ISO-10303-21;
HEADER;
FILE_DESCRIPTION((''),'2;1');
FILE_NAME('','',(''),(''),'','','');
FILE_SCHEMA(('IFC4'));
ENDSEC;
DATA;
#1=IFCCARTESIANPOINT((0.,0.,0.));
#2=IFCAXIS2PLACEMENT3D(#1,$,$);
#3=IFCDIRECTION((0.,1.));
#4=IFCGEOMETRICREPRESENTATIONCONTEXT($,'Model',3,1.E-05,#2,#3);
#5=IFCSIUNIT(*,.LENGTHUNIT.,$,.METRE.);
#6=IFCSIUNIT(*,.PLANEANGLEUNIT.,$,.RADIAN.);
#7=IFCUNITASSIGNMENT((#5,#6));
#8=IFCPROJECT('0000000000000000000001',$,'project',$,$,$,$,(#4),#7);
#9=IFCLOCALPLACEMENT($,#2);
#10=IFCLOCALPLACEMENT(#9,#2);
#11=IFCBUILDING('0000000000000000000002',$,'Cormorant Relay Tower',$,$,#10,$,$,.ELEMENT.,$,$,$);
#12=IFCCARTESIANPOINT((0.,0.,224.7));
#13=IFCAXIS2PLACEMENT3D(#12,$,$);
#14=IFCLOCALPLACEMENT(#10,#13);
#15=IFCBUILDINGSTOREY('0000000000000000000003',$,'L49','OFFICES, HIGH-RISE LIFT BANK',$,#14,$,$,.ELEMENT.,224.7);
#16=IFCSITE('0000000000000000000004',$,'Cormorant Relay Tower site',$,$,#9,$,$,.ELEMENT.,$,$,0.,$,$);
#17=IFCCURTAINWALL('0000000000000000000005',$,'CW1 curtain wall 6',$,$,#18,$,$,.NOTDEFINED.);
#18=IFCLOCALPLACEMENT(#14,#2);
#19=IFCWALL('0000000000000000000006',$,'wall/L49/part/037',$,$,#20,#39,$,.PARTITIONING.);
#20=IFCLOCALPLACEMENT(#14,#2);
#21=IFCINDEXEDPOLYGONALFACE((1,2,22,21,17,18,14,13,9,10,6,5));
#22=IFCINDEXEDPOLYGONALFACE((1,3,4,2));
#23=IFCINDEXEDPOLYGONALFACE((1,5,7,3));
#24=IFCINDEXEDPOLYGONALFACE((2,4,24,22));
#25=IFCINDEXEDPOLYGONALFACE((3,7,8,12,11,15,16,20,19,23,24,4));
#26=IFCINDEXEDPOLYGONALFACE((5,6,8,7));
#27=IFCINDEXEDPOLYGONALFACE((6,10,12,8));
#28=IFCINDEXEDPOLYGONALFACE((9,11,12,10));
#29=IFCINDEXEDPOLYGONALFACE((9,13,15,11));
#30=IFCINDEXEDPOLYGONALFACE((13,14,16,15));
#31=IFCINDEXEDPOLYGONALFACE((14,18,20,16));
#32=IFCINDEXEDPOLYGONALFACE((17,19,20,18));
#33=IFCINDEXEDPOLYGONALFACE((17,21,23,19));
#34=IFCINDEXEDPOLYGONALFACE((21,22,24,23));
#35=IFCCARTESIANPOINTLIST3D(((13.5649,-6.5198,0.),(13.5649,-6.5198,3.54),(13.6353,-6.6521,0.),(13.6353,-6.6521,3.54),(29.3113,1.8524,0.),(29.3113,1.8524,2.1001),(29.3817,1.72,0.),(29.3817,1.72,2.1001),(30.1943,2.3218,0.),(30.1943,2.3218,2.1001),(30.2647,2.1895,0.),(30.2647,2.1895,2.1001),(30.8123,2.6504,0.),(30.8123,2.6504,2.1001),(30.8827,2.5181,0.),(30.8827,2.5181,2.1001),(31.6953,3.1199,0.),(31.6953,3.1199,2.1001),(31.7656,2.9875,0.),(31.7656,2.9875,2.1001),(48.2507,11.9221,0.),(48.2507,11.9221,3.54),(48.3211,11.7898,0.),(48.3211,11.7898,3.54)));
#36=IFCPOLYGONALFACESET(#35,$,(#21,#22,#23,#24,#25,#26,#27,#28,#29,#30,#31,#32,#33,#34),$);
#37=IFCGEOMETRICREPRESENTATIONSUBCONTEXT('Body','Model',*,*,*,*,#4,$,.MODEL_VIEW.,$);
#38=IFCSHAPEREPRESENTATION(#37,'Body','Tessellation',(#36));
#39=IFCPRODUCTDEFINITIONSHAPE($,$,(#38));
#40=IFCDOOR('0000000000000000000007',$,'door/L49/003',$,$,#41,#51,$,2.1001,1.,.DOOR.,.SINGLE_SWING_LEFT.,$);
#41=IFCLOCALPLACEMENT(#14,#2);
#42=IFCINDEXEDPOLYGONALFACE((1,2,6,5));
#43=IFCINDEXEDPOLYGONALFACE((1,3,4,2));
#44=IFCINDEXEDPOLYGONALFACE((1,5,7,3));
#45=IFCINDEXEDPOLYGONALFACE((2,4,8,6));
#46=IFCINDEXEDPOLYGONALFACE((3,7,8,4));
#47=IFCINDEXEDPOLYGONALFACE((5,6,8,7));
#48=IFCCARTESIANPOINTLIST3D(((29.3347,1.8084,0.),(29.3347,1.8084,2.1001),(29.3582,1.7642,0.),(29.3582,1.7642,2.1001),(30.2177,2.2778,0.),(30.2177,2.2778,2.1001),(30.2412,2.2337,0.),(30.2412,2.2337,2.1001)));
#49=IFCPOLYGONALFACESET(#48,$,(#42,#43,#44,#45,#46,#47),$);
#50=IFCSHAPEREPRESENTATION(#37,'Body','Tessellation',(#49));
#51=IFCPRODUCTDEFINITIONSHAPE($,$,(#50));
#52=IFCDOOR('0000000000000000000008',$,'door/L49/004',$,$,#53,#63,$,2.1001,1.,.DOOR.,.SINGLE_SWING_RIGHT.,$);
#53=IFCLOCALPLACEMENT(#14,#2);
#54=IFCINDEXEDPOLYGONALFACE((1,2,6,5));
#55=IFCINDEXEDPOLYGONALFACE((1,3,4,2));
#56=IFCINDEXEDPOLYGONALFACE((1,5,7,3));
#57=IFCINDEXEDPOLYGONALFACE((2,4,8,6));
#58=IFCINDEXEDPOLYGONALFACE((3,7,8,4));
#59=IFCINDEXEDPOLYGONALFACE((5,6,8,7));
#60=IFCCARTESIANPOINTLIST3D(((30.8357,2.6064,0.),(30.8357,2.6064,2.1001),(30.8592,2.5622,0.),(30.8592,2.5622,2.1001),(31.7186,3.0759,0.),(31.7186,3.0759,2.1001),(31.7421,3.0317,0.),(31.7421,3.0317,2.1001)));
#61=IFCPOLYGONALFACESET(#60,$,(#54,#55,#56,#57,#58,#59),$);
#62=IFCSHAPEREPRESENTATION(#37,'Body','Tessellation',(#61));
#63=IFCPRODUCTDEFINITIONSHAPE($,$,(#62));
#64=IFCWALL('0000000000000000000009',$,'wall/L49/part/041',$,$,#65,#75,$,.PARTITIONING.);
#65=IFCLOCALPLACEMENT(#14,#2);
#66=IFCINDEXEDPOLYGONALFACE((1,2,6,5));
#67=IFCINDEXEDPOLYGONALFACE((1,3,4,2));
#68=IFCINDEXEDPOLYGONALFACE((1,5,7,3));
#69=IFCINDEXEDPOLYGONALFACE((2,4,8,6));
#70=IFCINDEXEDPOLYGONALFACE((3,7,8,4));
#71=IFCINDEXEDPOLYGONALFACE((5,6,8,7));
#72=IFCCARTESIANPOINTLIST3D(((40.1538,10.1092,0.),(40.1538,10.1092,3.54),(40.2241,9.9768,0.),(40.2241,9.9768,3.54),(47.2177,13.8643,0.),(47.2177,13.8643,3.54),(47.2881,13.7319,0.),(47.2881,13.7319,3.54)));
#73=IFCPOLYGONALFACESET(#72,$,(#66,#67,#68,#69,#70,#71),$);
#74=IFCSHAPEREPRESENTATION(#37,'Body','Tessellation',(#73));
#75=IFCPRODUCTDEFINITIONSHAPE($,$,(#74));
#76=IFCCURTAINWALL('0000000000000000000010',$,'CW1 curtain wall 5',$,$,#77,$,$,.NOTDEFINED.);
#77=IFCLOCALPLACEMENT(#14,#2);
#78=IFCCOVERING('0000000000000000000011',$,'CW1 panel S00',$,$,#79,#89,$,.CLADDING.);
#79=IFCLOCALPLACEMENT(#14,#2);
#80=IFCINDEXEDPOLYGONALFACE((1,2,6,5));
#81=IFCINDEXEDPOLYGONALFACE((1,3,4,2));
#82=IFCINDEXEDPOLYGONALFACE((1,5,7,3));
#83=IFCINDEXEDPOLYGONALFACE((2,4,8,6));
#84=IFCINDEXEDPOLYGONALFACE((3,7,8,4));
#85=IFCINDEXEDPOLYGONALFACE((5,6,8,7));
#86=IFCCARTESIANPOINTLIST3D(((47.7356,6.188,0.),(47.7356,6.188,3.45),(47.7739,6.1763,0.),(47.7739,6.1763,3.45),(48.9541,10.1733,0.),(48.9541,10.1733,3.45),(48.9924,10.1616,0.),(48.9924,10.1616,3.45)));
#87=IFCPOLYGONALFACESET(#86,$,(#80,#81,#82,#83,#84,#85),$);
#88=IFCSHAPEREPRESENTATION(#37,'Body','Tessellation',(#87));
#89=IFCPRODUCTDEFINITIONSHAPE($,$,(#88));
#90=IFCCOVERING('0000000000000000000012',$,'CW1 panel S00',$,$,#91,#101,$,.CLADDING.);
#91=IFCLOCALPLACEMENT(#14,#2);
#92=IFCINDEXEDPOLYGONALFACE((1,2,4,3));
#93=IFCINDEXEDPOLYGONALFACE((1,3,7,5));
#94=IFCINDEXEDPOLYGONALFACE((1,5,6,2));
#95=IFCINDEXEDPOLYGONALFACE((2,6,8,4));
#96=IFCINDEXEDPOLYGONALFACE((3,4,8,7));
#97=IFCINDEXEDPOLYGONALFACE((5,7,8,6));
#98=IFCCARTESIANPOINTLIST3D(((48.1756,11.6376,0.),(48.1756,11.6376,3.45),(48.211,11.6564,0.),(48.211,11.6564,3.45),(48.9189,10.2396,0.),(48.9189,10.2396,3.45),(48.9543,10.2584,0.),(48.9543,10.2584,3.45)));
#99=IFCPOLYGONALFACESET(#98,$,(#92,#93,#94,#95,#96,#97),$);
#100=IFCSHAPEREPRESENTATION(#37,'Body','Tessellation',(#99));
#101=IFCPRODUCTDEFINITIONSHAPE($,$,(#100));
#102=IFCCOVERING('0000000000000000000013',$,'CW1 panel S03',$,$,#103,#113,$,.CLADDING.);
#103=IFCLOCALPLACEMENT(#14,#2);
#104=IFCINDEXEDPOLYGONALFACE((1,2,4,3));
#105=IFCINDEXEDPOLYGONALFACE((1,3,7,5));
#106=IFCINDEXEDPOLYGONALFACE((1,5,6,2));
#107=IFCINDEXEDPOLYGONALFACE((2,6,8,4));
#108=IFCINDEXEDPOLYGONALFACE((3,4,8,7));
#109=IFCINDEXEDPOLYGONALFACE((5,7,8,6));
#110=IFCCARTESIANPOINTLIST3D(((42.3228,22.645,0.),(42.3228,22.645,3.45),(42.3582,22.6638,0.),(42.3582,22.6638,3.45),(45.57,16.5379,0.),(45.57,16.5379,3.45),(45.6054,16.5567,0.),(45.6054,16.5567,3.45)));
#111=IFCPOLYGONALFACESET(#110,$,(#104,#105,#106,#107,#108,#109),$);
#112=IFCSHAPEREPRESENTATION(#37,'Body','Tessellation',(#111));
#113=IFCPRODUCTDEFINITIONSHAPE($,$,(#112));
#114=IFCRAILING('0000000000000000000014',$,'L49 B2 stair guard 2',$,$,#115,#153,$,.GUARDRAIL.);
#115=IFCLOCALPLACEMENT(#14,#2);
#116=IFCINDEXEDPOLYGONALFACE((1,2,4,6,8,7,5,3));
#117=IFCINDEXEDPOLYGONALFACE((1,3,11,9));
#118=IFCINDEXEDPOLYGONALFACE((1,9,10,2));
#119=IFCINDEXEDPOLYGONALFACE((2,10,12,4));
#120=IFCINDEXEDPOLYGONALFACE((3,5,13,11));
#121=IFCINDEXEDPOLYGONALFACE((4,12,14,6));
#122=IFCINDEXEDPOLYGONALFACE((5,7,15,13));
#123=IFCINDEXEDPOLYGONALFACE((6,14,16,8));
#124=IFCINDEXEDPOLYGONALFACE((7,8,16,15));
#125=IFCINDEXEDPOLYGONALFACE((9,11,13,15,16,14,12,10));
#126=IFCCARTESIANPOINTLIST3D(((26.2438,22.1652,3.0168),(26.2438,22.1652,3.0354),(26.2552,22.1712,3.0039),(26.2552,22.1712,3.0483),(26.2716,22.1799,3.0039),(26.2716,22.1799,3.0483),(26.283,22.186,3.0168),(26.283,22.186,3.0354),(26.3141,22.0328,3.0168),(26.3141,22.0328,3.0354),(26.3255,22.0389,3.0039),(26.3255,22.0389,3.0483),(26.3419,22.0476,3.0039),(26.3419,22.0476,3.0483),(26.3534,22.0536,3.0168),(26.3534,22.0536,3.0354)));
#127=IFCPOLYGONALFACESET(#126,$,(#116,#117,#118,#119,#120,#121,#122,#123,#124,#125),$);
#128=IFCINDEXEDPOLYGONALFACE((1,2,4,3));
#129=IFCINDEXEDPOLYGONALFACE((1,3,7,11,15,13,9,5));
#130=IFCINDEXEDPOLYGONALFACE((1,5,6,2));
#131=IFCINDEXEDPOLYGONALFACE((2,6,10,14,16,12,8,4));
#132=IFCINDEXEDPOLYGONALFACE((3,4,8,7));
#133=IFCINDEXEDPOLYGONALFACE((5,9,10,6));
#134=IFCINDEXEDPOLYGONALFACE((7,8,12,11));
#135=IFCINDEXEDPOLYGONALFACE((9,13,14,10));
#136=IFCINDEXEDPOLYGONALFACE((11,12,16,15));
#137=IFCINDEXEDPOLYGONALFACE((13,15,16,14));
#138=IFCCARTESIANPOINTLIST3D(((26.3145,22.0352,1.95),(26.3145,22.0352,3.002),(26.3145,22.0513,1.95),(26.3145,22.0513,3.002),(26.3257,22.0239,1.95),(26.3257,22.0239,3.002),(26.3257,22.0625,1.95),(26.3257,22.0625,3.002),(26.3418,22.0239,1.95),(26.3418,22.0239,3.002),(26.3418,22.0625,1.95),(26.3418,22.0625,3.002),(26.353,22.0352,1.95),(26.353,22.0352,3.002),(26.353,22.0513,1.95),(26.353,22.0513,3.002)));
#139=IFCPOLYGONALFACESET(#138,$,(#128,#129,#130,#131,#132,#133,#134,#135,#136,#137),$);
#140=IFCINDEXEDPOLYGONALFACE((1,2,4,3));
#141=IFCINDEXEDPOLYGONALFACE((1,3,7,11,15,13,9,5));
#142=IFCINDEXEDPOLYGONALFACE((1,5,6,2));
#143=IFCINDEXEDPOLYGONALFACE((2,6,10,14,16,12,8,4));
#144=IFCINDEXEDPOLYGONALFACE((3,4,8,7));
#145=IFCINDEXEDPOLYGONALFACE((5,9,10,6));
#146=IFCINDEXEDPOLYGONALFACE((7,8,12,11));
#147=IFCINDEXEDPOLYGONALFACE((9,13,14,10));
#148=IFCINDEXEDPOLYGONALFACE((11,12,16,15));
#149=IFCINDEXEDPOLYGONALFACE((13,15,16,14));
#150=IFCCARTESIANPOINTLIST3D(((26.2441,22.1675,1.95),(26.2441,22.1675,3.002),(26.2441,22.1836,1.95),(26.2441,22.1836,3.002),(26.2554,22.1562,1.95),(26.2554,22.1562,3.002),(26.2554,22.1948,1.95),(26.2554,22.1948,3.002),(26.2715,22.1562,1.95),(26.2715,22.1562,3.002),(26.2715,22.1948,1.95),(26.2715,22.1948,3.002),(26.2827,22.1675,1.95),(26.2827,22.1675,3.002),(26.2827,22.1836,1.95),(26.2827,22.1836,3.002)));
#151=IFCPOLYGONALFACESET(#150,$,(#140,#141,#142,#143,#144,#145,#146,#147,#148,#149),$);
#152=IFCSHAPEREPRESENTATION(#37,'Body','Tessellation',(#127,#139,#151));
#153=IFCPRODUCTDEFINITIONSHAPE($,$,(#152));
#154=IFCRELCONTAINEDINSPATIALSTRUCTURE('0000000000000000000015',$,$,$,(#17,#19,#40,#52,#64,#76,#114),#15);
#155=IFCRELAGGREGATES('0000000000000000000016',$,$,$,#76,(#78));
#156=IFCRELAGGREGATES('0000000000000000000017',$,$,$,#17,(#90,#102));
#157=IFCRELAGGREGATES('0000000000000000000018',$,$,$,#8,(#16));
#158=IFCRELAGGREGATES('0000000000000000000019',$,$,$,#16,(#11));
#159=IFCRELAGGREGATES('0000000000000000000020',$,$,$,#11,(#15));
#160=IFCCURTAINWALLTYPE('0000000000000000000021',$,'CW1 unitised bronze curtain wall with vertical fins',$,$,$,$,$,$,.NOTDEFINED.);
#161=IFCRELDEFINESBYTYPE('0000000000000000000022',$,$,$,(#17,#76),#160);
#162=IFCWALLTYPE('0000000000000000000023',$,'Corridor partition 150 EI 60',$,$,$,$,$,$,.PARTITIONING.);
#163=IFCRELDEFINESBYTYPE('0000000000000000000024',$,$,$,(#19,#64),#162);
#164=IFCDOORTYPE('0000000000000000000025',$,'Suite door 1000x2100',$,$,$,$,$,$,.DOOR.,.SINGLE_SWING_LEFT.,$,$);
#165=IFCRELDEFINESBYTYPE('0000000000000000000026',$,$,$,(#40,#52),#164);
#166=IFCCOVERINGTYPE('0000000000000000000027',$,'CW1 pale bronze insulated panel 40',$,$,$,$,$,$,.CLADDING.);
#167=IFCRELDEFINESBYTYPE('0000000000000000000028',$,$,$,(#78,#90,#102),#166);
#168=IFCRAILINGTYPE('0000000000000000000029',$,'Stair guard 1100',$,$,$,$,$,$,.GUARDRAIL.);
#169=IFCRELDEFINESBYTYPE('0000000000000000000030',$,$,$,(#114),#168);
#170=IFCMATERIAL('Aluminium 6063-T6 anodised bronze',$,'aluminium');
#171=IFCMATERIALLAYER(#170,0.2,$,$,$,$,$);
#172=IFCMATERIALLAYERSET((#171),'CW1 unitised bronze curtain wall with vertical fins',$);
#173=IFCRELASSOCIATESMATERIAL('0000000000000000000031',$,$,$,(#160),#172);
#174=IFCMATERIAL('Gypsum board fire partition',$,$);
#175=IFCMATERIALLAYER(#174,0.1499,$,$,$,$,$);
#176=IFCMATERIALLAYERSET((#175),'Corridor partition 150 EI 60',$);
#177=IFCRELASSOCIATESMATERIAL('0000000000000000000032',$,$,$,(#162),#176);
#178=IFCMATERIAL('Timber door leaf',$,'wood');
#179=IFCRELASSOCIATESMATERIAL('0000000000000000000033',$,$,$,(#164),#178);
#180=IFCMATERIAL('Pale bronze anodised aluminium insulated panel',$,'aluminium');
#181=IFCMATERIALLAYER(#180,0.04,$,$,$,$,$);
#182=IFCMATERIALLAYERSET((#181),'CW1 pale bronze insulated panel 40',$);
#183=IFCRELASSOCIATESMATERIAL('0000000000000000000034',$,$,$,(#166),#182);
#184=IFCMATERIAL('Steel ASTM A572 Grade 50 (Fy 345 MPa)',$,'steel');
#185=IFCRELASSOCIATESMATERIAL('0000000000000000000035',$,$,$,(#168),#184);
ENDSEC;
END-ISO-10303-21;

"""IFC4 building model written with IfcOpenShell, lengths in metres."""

from ifc_helpers import new_model, si_unit, direction, frame, frame_2d, origin, origin_2d, place, context, subcontext, project, spatial, polyline, rectangle, outline, extrude, material, layer, layer_set, type_object, element, fill, aggregate, save


model = new_model("IFC4")

# Units and contexts
model_context = context("Model", 3, precision=1e-05, world=origin(), true_north=direction((0.0, 1.0)))
body_context = subcontext(model_context, "Body", "Model", "MODEL_VIEW")
ifc_project = project(units=[si_unit("LENGTHUNIT", "METRE"), si_unit("PLANEANGLEUNIT", "RADIAN")], contexts=[model_context])

# Site, building, storey
site_placement = place(None, origin())
site = spatial("IfcSite", under=ifc_project, at=site_placement, Name="Cormorant Relay Tower site", CompositionType="ELEMENT", RefElevation=0.0)
building_placement = place(site_placement, origin())
building = spatial("IfcBuilding", under=site, at=building_placement, Name="Cormorant Relay Tower", CompositionType="ELEMENT")
storey_placement = place(building_placement, frame((0.0, 0.0, 224.7)))
storey = spatial("IfcBuildingStorey", under=building, at=storey_placement, Name="L49", Description="OFFICES, HIGH-RISE LIFT BANK", CompositionType="ELEMENT", Elevation=224.7)

# Curtain wall
ifc_material_1 = material(Name="Aluminium 6063-T6 anodised bronze", Category="aluminium")
ifc_layer_1 = layer(ifc_material_1, 0.2)
ifc_layer_set_1 = layer_set([ifc_layer_1], Name="CW1 unitised bronze curtain wall with vertical fins")
curtain_wall_type = type_object("IfcCurtainWallType", Name="CW1 unitised bronze curtain wall with vertical fins", PredefinedType="NOTDEFINED", material=ifc_layer_set_1)
curtain_wall_1_placement = place(storey_placement, origin())
curtain_wall_1 = element("IfcCurtainWall", 1, at=curtain_wall_1_placement, inside=storey, type_object=curtain_wall_type, Name="CW1 curtain wall 6", PredefinedType="NOTDEFINED")

# Wall, openings, doors
ifc_material_2 = material(Name="Gypsum board fire partition")
ifc_layer_2 = layer(ifc_material_2, 0.1499)
ifc_layer_set_2 = layer_set([ifc_layer_2], Name="Corridor partition 150 EI 60")
wall_type_1 = type_object("IfcWallType", Name="Corridor partition 150 EI 60", PredefinedType="PARTITIONING", material=ifc_layer_set_2)
wall_1_placement = place(storey_placement, frame((48.2859, 11.856, 0.0), z_axis=(0.0, 0.0, 1.0), x_axis=(-0.882957, -0.469454, 0.0)))
wall_1 = element("IfcWall", 2, at=wall_1_placement, inside=storey, type_object=wall_type_1, Name="wall/L49/part/037", PredefinedType="PARTITIONING", context=body_context, shape_type="SweptSolid", body=[
    extrude(rectangle(XDim=39.2837, YDim=0.1499, at=frame_2d((19.6418, 0.0))), origin(), (0.0, 0.0, 1.0), 3.54),
])
opening_1_placement = place(wall_1_placement, frame((20.45, 0.0, 0.0)))
opening_1 = element("IfcOpeningElement", 3, at=opening_1_placement, cuts=wall_1, PredefinedType="OPENING", context=body_context, shape_type="SweptSolid", body=[
    extrude(rectangle(XDim=1.0, YDim=2.1001, at=frame_2d((0.5, 1.05))), frame((0.0, 0.085, 0.0), z_axis=(0.0, -1.0, 0.0), x_axis=(1.0, 0.0, 0.0)), (0.0, 0.0, 1.0), 0.1699),
])
opening_2_placement = place(wall_1_placement, frame((18.75, 0.0, 0.0)))
opening_2 = element("IfcOpeningElement", 4, at=opening_2_placement, cuts=wall_1, PredefinedType="OPENING", context=body_context, shape_type="SweptSolid", body=[
    extrude(rectangle(XDim=1.0, YDim=2.1001, at=frame_2d((0.5, 1.05))), frame((0.0, 0.085, 0.0), z_axis=(0.0, -1.0, 0.0), x_axis=(1.0, 0.0, 0.0)), (0.0, 0.0, 1.0), 0.1699),
])
ifc_material_3 = material(Name="Timber door leaf", Category="wood")
door_type_1 = type_object("IfcDoorType", Name="Suite door 1000x2100", OperationType="SINGLE_SWING_LEFT", PredefinedType="DOOR", material=ifc_material_3)
door_1_placement = place(opening_1_placement, origin())
door_1 = element("IfcDoor", 5, at=door_1_placement, inside=storey, type_object=door_type_1, Name="door/L49/003", OperationType="SINGLE_SWING_LEFT", OverallHeight=2.1001, OverallWidth=1.0, PredefinedType="DOOR", context=body_context, shape_type="SweptSolid", body=[
    extrude(rectangle(XDim=1.0, YDim=2.1001, at=frame_2d((0.5, 1.05))), frame((0.0, 0.0249, 0.0), z_axis=(0.0, -1.0, 0.0), x_axis=(1.0, 0.0, 0.0)), (0.0, 0.0, 1.0), 0.05),
])
fill(opening_1, door_1)
door_2_placement = place(opening_2_placement, origin())
door_2 = element("IfcDoor", 6, at=door_2_placement, inside=storey, type_object=door_type_1, Name="door/L49/004", OperationType="SINGLE_SWING_RIGHT", OverallHeight=2.1001, OverallWidth=1.0, PredefinedType="DOOR", context=body_context, shape_type="SweptSolid", body=[
    extrude(rectangle(XDim=1.0, YDim=2.1001, at=frame_2d((0.5, 1.05))), frame((0.0, 0.0249, 0.0), z_axis=(0.0, -1.0, 0.0), x_axis=(1.0, 0.0, 0.0)), (0.0, 0.0, 1.0), 0.05),
])
fill(opening_2, door_2)

# Wall
wall_2_placement = place(storey_placement, frame((40.189, 10.043, 0.0), z_axis=(0.0, 0.0, 1.0), x_axis=(0.882992, 0.469389, 0.0)))
element("IfcWall", 7, at=wall_2_placement, inside=storey, type_object=wall_type_1, Name="wall/L49/part/041", PredefinedType="PARTITIONING", context=body_context, shape_type="SweptSolid", body=[
    extrude(rectangle(XDim=8.0, YDim=0.1499, at=frame_2d((4.0, 0.0))), origin(), (0.0, 0.0, 1.0), 3.54),
])

# Curtain wall, covering
curtain_wall_2_placement = place(storey_placement, origin())
curtain_wall_2 = element("IfcCurtainWall", 8, at=curtain_wall_2_placement, inside=storey, type_object=curtain_wall_type, Name="CW1 curtain wall 5", PredefinedType="NOTDEFINED")
ifc_material_4 = material(Name="Pale bronze anodised aluminium insulated panel", Category="aluminium")
ifc_layer_3 = layer(ifc_material_4, 0.04)
ifc_layer_set_3 = layer_set([ifc_layer_3], Name="CW1 pale bronze insulated panel 40")
covering_type = type_object("IfcCoveringType", Name="CW1 pale bronze insulated panel 40", PredefinedType="CLADDING", material=ifc_layer_set_3)
covering_1_placement = place(storey_placement, frame((48.364, 8.1748, 0.0), z_axis=(0.0, 0.0, 1.0), x_axis=(0.292372, 0.956305, 0.0)))
covering_1 = element("IfcCovering", 9, at=covering_1_placement, type_object=covering_type, Name="CW1 panel S00", PredefinedType="CLADDING", context=body_context, shape_type="SweptSolid", body=[
    extrude(rectangle(XDim=4.1675, YDim=0.04, at=origin_2d()), origin(), (0.0, 0.0, 1.0), 3.45),
])
aggregate(curtain_wall_2, [covering_1])

# Coverings
covering_2_placement = place(storey_placement, frame((48.5649, 10.948, 0.0), z_axis=(0.0, 0.0, 1.0), x_axis=(-0.469472, 0.882948, 0.0)))
covering_2 = element("IfcCovering", 10, at=covering_2_placement, type_object=covering_type, Name="CW1 panel S00", PredefinedType="CLADDING", context=body_context, shape_type="SweptSolid", body=[
    extrude(rectangle(XDim=1.5833, YDim=0.04, at=origin_2d()), origin(), (0.0, 0.0, 1.0), 3.45),
])
covering_3_placement = place(storey_placement, frame((43.9641, 19.6008, 0.0), z_axis=(0.0, 0.0, 1.0), x_axis=(-0.469472, 0.882948, 0.0)))
covering_3 = element("IfcCovering", 11, at=covering_3_placement, type_object=covering_type, Name="CW1 panel S03", PredefinedType="CLADDING", context=body_context, shape_type="SweptSolid", body=[
    extrude(rectangle(XDim=6.9167, YDim=0.04, at=origin_2d()), origin(), (0.0, 0.0, 1.0), 3.45),
])
aggregate(curtain_wall_1, [covering_2, covering_3])

# Railing
ifc_material_5 = material(Name="Steel ASTM A572 Grade 50 (Fy 345 MPa)", Category="steel")
railing_type = type_object("IfcRailingType", Name="Stair guard 1100", PredefinedType="GUARDRAIL", material=ifc_material_5)
railing_1_placement = place(storey_placement, frame((26.3337, 22.0432, 1.95)))
element("IfcRailing", 12, at=railing_1_placement, inside=storey, type_object=railing_type, Name="L49 B2 stair guard 2", PredefinedType="GUARDRAIL", context=body_context, shape_type="SweptSolid", body=[
    extrude(outline(polyline([(0.0222, 0.0093), (0.0093, 0.0222), (-0.0093, 0.0222), (-0.0222, 0.0093), (-0.0222, -0.0093), (-0.0093, -0.0222), (0.0093, -0.0222), (0.0222, -0.0093), (0.0222, 0.0093)])), frame((0.0, 0.0, 1.0762), z_axis=(-0.469235, 0.883074, 0.0), x_axis=(-0.883074, -0.469235, 0.0)), (0.0, 0.0, 1.0), 0.1499),
    extrude(outline(polyline([(0.0193, 0.0081), (0.0081, 0.0193), (-0.0081, 0.0193), (-0.0193, 0.0081), (-0.0193, -0.0081), (-0.0081, -0.0193), (0.0081, -0.0193), (0.0193, -0.0081), (0.0193, 0.0081)])), origin(), (0.0, 0.0, 1.0), 1.052),
    extrude(outline(polyline([(0.0193, 0.0081), (0.0081, 0.0193), (-0.0081, 0.0193), (-0.0193, 0.0081), (-0.0193, -0.0081), (-0.0081, -0.0193), (0.0081, -0.0193), (0.0193, -0.0081), (0.0193, 0.0081)])), frame((-0.0703, 0.1323, 0.0)), (0.0, 0.0, 1.0), 1.052),
])

save(model, "model.ifc")
